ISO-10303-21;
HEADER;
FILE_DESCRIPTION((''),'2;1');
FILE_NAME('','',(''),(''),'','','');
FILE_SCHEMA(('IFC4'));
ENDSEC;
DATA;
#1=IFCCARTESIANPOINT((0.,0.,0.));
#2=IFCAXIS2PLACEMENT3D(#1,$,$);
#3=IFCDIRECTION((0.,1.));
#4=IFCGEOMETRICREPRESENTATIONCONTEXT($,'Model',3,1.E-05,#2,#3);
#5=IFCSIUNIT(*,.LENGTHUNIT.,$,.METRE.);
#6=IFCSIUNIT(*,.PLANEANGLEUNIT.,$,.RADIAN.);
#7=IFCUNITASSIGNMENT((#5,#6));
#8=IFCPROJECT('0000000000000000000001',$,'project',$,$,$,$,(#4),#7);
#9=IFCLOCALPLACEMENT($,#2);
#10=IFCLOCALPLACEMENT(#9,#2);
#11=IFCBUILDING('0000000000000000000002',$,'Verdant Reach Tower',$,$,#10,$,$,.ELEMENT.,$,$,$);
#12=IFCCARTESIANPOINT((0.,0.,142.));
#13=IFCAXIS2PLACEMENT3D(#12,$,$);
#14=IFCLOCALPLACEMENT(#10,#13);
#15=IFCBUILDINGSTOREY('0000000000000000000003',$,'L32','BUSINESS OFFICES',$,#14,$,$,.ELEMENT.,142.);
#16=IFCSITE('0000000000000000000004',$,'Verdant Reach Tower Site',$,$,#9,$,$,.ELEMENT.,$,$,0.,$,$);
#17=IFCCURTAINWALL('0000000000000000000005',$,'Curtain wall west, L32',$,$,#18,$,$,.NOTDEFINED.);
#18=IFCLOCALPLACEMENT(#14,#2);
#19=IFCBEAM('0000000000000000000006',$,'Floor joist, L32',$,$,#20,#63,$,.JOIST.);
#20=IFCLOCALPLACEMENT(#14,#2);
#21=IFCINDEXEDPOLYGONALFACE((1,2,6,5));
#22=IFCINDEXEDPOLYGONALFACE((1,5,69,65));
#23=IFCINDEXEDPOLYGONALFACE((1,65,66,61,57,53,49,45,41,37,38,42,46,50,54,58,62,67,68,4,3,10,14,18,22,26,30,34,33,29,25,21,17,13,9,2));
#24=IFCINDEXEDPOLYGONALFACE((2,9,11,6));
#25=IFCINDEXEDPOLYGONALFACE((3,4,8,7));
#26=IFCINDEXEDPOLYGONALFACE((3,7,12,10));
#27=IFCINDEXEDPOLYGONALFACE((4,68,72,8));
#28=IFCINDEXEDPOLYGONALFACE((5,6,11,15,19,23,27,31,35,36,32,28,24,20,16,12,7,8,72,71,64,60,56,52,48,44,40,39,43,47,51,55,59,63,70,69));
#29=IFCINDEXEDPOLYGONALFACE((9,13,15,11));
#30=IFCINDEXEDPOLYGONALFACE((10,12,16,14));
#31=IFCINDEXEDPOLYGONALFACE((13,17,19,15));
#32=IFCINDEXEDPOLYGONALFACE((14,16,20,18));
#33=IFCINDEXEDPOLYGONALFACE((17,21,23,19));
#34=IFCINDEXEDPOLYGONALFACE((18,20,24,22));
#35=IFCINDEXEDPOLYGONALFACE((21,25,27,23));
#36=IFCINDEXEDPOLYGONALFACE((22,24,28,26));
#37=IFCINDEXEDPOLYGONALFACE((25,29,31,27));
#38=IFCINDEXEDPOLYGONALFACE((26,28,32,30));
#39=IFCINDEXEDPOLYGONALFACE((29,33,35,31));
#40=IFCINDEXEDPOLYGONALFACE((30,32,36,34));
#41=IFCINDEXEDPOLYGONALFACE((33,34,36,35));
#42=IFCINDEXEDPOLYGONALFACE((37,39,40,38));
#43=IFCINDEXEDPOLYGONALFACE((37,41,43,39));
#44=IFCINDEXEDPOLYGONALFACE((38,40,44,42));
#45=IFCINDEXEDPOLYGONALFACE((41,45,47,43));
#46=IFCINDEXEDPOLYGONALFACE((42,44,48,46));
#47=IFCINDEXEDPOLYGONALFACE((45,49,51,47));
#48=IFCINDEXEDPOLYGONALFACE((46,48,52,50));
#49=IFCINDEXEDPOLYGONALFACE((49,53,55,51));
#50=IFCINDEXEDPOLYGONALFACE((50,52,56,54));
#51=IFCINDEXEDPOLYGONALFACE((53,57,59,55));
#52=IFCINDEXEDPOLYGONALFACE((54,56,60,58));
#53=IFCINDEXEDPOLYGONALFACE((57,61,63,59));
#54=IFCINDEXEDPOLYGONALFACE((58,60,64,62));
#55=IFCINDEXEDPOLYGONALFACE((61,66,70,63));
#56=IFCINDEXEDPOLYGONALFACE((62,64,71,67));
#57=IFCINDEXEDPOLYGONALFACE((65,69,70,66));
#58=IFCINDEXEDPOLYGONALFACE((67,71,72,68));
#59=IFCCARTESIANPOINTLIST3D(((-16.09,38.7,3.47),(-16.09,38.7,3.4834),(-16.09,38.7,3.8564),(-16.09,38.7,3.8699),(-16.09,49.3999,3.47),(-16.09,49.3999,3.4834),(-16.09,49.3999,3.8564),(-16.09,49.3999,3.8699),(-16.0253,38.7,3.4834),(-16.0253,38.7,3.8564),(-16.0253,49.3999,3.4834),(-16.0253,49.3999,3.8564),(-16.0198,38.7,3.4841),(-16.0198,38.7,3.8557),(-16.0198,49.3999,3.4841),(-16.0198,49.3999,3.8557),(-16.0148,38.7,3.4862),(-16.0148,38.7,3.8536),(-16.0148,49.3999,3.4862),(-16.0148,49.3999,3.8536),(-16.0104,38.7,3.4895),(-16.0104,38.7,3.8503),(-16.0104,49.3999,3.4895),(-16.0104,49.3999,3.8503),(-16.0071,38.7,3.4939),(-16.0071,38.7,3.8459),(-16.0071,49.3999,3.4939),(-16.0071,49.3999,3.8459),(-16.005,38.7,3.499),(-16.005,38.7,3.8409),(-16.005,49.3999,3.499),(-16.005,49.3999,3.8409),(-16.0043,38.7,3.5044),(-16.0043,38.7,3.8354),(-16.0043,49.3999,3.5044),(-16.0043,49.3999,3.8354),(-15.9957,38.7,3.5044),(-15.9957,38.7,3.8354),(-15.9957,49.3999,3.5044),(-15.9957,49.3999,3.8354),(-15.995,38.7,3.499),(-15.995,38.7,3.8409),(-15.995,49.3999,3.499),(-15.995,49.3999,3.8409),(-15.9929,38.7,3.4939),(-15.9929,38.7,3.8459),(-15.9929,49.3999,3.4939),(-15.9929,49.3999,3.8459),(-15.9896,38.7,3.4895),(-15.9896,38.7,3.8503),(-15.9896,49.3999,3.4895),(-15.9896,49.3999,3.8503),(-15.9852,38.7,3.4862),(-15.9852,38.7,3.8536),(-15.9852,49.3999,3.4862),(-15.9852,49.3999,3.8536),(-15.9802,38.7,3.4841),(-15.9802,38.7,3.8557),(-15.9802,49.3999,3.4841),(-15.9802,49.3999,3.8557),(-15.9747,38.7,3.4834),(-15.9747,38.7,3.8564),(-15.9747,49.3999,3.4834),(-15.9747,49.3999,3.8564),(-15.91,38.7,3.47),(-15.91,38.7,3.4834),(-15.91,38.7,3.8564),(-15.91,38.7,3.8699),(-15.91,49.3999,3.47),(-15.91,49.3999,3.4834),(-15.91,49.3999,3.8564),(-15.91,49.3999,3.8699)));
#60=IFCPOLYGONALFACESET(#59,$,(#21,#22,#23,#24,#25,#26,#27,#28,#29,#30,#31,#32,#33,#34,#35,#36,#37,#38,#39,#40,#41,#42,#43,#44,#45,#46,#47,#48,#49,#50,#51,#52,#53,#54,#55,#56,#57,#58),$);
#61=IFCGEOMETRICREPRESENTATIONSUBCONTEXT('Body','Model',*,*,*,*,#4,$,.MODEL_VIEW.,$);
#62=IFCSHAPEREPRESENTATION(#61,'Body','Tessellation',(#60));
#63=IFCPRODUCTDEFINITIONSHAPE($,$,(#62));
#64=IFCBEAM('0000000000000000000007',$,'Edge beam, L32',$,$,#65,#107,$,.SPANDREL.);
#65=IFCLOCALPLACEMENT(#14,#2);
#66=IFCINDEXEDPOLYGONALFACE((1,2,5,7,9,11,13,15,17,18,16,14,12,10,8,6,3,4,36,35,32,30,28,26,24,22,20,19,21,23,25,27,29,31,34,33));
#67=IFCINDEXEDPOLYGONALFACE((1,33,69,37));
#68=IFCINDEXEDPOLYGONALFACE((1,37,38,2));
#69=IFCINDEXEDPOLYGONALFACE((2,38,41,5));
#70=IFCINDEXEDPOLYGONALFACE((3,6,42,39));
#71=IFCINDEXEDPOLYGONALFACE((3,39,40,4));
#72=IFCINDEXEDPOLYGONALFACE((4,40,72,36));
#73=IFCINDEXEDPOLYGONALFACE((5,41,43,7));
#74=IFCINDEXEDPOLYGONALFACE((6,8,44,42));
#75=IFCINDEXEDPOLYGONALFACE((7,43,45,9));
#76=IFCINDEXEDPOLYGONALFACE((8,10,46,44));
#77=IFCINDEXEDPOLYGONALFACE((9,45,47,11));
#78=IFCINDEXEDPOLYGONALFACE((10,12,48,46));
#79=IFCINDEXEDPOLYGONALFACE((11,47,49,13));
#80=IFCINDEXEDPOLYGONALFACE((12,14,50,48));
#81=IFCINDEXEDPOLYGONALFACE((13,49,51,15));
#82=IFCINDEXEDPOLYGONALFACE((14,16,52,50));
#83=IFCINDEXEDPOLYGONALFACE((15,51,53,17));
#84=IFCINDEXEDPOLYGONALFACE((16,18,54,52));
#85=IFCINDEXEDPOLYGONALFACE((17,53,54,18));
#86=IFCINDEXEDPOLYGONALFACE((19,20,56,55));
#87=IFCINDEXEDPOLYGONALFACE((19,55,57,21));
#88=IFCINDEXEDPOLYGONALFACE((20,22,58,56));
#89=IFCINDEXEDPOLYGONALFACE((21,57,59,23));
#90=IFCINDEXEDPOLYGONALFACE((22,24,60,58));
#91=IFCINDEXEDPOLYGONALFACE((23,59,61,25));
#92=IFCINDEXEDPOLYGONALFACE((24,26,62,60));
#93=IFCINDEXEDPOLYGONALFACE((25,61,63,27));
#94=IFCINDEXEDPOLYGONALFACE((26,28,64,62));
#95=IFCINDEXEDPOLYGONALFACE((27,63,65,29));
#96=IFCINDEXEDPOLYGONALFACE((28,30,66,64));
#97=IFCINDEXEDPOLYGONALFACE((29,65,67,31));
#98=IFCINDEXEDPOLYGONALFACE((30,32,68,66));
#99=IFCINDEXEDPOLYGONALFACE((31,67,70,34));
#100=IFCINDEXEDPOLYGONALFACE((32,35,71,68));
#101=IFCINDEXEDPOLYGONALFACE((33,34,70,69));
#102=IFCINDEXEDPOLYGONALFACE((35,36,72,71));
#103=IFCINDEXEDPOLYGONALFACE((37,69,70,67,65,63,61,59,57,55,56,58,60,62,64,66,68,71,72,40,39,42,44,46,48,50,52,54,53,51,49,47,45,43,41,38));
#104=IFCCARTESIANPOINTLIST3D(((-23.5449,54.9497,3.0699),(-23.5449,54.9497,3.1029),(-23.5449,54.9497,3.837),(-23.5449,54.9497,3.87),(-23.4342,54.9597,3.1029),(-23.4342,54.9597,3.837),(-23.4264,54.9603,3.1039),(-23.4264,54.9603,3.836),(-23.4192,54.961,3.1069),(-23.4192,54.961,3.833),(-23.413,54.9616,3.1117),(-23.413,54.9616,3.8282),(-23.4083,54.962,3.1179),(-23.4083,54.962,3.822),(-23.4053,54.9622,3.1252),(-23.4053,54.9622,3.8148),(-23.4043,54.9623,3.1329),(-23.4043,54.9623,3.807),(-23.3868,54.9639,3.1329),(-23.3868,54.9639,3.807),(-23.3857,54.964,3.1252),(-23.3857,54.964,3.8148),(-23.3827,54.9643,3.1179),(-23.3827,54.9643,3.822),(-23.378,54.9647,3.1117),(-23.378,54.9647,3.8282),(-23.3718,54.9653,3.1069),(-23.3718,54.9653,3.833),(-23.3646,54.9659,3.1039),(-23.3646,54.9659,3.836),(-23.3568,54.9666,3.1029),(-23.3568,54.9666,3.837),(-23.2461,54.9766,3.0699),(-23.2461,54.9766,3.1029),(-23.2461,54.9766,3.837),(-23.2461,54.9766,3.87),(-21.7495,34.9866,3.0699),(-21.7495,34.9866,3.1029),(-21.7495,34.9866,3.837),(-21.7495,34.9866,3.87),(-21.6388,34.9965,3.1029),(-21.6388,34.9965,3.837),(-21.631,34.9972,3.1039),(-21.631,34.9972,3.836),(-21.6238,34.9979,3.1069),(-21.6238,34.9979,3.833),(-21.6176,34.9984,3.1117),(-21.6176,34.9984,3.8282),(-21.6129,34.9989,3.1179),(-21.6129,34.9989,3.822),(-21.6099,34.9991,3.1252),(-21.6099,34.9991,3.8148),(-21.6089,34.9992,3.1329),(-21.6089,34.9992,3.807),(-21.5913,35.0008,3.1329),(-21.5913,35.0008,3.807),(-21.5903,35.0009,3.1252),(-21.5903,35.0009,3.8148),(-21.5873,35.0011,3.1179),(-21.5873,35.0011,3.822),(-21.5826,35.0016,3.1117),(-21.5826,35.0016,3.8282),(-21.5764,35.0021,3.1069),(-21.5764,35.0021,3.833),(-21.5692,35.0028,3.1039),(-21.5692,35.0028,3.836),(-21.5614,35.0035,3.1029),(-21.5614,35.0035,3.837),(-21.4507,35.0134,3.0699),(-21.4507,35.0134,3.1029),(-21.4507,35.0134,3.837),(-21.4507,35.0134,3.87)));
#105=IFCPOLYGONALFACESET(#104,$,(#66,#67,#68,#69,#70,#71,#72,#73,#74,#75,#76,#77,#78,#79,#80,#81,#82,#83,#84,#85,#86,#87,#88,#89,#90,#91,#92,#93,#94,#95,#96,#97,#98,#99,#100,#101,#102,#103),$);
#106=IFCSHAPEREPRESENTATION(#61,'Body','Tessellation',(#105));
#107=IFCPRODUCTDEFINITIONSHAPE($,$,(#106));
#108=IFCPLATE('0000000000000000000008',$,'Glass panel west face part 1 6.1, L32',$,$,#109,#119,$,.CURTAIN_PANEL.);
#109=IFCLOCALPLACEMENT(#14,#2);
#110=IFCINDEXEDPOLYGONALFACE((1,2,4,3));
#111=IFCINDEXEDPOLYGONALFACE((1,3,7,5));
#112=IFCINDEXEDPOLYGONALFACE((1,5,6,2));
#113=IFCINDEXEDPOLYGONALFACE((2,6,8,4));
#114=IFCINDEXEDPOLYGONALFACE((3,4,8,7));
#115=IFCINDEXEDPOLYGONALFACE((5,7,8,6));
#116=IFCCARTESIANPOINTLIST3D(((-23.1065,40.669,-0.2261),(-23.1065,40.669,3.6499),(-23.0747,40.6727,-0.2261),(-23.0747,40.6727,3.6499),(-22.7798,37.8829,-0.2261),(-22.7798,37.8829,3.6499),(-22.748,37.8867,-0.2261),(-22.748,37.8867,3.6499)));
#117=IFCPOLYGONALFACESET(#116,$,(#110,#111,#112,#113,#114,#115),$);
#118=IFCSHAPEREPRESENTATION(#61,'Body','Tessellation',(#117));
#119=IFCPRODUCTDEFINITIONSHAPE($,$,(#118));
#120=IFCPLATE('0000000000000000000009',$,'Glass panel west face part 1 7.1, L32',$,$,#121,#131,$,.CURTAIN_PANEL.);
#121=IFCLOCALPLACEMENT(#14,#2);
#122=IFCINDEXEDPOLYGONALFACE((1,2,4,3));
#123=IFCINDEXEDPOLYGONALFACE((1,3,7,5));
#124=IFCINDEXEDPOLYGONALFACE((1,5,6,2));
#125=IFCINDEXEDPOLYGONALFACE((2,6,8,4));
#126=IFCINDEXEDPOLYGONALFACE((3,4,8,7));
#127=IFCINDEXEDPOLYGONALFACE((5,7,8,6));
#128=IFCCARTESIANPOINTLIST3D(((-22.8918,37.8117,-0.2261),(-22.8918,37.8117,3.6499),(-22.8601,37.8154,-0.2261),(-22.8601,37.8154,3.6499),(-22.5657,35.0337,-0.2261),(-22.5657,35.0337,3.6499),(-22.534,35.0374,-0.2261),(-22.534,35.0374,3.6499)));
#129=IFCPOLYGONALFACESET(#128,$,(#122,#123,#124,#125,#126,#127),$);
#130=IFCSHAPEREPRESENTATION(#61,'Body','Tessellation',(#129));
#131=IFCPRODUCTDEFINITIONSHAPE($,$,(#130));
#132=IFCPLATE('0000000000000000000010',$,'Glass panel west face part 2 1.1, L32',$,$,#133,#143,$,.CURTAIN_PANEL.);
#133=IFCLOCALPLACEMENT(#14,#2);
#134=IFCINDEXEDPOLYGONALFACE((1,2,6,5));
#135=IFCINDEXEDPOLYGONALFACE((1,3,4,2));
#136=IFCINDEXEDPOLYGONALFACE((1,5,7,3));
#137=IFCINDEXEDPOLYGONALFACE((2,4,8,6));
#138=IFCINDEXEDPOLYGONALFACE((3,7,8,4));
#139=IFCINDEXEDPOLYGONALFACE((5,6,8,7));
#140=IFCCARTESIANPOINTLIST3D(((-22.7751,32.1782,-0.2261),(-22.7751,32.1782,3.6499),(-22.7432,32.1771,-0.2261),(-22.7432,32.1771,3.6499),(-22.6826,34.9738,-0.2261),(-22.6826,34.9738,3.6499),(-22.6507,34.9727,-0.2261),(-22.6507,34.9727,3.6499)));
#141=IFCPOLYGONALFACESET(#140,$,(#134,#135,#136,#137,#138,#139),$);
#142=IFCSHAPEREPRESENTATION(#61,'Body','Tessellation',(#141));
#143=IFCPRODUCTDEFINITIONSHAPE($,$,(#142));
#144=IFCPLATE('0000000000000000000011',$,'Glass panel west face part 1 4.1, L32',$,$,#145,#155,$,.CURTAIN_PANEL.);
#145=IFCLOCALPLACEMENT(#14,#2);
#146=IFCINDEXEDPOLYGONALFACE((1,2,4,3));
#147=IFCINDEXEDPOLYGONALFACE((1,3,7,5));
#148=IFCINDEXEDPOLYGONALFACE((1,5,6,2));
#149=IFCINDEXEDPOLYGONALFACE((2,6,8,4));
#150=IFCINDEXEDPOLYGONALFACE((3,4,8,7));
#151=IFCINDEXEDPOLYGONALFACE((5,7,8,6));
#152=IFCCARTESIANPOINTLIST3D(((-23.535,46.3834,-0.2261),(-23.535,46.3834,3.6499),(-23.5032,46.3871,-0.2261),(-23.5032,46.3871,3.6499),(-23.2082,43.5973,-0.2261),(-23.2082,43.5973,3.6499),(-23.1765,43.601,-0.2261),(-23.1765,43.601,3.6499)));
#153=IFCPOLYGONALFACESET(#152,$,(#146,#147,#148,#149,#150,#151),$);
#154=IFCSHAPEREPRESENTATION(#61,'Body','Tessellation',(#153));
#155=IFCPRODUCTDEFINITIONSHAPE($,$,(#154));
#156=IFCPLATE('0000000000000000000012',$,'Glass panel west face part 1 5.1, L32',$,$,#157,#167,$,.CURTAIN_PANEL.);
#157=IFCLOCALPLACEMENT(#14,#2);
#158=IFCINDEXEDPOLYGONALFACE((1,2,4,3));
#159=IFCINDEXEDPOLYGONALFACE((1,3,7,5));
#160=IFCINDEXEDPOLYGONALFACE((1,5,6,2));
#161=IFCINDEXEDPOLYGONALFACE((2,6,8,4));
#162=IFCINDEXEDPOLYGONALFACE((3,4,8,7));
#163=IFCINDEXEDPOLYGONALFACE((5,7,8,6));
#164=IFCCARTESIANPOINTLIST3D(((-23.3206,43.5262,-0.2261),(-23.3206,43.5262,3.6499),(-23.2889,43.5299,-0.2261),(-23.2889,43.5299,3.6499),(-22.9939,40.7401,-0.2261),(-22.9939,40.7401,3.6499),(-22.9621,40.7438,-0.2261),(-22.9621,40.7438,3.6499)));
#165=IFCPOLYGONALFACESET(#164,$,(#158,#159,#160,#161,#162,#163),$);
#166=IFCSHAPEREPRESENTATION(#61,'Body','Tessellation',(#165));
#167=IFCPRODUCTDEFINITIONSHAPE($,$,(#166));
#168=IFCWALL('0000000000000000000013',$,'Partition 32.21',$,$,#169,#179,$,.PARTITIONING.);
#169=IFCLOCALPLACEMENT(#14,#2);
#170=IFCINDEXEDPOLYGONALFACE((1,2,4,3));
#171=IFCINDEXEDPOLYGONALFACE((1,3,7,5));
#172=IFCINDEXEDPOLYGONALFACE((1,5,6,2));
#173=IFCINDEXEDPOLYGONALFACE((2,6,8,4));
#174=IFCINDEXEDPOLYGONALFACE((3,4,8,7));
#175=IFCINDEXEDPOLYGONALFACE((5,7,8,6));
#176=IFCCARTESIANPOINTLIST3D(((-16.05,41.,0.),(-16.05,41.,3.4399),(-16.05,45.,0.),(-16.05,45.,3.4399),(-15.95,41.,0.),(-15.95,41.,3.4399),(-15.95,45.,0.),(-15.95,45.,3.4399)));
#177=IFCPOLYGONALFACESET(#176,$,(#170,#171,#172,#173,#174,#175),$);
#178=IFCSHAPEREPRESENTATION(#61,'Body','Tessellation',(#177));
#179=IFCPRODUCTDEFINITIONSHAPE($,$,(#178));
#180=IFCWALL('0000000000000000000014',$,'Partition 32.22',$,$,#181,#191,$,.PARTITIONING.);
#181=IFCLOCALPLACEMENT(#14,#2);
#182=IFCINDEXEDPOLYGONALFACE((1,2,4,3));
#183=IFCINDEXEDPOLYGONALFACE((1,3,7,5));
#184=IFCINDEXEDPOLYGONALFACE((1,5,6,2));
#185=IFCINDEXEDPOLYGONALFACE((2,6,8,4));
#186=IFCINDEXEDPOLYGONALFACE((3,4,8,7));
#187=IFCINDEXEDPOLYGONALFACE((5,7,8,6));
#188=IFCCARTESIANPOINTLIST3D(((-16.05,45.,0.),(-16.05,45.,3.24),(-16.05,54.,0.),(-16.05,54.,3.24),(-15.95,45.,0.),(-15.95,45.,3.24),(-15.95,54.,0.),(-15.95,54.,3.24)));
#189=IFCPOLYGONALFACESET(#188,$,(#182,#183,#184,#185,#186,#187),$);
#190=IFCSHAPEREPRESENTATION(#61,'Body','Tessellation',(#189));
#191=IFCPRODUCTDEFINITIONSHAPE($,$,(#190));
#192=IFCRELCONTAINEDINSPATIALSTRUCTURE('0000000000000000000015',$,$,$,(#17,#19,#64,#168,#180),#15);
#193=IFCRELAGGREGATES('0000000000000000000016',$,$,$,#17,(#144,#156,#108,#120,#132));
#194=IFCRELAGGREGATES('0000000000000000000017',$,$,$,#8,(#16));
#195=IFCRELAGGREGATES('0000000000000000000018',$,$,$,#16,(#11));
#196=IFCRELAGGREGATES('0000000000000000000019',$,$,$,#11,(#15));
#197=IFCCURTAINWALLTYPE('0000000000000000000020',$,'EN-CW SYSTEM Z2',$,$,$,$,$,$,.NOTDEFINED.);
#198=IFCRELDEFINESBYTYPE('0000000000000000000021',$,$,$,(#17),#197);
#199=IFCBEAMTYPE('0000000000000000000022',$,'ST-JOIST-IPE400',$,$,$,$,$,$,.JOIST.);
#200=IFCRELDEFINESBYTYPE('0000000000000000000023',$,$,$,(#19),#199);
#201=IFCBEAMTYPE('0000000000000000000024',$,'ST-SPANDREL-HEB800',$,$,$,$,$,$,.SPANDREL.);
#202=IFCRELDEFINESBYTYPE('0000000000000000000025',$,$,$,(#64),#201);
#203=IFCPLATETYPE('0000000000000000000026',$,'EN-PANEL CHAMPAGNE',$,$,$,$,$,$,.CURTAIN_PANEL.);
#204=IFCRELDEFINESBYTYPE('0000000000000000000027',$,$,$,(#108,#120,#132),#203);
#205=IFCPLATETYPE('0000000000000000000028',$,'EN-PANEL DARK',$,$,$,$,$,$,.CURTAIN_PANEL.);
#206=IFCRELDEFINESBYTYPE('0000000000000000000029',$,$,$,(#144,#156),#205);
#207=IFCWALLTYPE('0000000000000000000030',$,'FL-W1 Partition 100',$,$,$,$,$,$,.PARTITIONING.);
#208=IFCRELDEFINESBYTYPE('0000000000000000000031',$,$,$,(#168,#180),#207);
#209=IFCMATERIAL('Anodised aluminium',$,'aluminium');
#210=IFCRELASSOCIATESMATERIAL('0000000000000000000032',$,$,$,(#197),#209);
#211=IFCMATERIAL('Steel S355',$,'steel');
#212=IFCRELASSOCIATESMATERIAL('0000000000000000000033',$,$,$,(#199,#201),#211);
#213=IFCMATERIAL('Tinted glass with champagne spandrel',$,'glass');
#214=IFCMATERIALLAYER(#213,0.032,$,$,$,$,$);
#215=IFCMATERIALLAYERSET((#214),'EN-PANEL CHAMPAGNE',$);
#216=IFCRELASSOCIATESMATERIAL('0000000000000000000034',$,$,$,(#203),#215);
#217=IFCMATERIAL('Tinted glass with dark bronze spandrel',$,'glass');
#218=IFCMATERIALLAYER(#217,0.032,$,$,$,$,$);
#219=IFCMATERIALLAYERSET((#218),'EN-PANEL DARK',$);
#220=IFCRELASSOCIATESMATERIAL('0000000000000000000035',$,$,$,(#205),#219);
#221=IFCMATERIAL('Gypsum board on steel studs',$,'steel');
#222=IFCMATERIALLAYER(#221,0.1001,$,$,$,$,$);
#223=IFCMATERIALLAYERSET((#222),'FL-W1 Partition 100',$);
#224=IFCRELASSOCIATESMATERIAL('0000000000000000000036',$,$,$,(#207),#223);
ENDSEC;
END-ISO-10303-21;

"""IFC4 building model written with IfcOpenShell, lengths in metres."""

from ifc_helpers import new_model, si_unit, direction, frame, frame_2d, origin, origin_2d, place, context, subcontext, project, spatial, rectangle, i_section, extrude, material, layer, layer_set, material_profile, profile_set, type_object, element, aggregate, save


model = new_model("IFC4")

# Units and contexts
model_context = context("Model", 3, precision=1e-05, world=origin(), true_north=direction((0.0, 1.0)))
body_context = subcontext(model_context, "Body", "Model", "MODEL_VIEW")
ifc_project = project(units=[si_unit("LENGTHUNIT", "METRE"), si_unit("PLANEANGLEUNIT", "RADIAN")], contexts=[model_context])

# Site, building, storey
site_placement = place(None, origin())
site = spatial("IfcSite", under=ifc_project, at=site_placement, Name="Verdant Reach Tower Site", CompositionType="ELEMENT", RefElevation=0.0)
building_placement = place(site_placement, origin())
building = spatial("IfcBuilding", under=site, at=building_placement, Name="Verdant Reach Tower", CompositionType="ELEMENT")
storey_placement = place(building_placement, frame((0.0, 0.0, 142.0)))
storey = spatial("IfcBuildingStorey", under=building, at=storey_placement, Name="L32", Description="BUSINESS OFFICES", CompositionType="ELEMENT", Elevation=142.0)

# Curtain wall
ifc_material_1 = material(Name="Anodised aluminium", Category="aluminium")
curtain_wall_type = type_object("IfcCurtainWallType", Name="EN-CW SYSTEM Z2", PredefinedType="NOTDEFINED", material=ifc_material_1)
curtain_wall_placement = place(storey_placement, origin())
curtain_wall = element("IfcCurtainWall", 1, at=curtain_wall_placement, inside=storey, type_object=curtain_wall_type, Name="Curtain wall west, L32", PredefinedType="NOTDEFINED")

# Beams
ifc_material_2 = material(Name="Steel S355", Category="steel")
ifc_material_profile_1 = material_profile(ifc_material_2, i_section(OverallWidth=0.1799, OverallDepth=0.3999, WebThickness=0.0085, FlangeThickness=0.0134, FilletRadius=0.021, at=origin_2d()), Name="IPE 400")
ifc_profile_set_1 = profile_set([ifc_material_profile_1], Name="Steel S355")
beam_type_1 = type_object("IfcBeamType", Name="ST-JOIST-IPE400", PredefinedType="JOIST", material=ifc_profile_set_1)
for number, where, z_axis, x_axis, name in (
    (2, (-16.0, 38.7, 3.6699), (0.0, 1.0, 0.0), (-1.0, 0.0, 0.0), "Floor joist, L32"),
):
    element("IfcBeam", number, at=place(storey_placement, frame(where, z_axis=z_axis, x_axis=x_axis)), inside=storey, type_object=beam_type_1, Name=name, PredefinedType="JOIST", context=body_context, shape_type="SweptSolid", body=[
        extrude(i_section(OverallWidth=0.1799, OverallDepth=0.3999, WebThickness=0.0085, FlangeThickness=0.0134, FilletRadius=0.021, at=origin_2d()), origin(), (0.0, 0.0, 1.0), 10.7),
    ])
ifc_material_profile_2 = material_profile(ifc_material_2, i_section(OverallWidth=0.3, OverallDepth=0.8, WebThickness=0.0176, FlangeThickness=0.033, FilletRadius=0.03, at=origin_2d()), Name="HEB 800")
ifc_profile_set_2 = profile_set([ifc_material_profile_2], Name="Steel S355")
beam_type_2 = type_object("IfcBeamType", Name="ST-SPANDREL-HEB800", PredefinedType="SPANDREL", material=ifc_profile_set_2)
beam_1_placement = place(storey_placement, frame((-21.6001, 35.0, 3.47), z_axis=(-0.089575, 0.99598, 0.0), x_axis=(-0.99598, -0.089575, 0.0)))
element("IfcBeam", 3, at=beam_1_placement, inside=storey, type_object=beam_type_2, Name="Edge beam, L32", PredefinedType="SPANDREL", context=body_context, shape_type="SweptSolid", body=[
    extrude(i_section(OverallWidth=0.3, OverallDepth=0.8, WebThickness=0.0176, FlangeThickness=0.033, FilletRadius=0.03, at=origin_2d()), origin(), (0.0, 0.0, 1.0), 20.0437),
])

# Plates
ifc_material_3 = material(Name="Tinted glass with champagne spandrel", Category="glass")
ifc_layer_1 = layer(ifc_material_3, 0.032)
ifc_layer_set_1 = layer_set([ifc_layer_1], Name="EN-PANEL CHAMPAGNE")
plate_type_1 = type_object("IfcPlateType", Name="EN-PANEL CHAMPAGNE", PredefinedType="CURTAIN_PANEL", material=ifc_layer_set_1)
plate_1_placement = place(storey_placement, frame((-22.9272, 39.2778, -0.2261), z_axis=(0.0, 0.0, 1.0), x_axis=(0.116483, -0.993193, 0.0)))
plate_1 = element("IfcPlate", 4, at=plate_1_placement, type_object=plate_type_1, Name="Glass panel west face part 1 6.1, L32", PredefinedType="CURTAIN_PANEL", context=body_context, shape_type="SweptSolid", body=[
    extrude(rectangle(XDim=2.8052, YDim=0.032, at=origin_2d()), origin(), (0.0, 0.0, 1.0), 3.876),
])
plate_2_placement = place(storey_placement, frame((-22.7129, 36.4246, -0.2261), z_axis=(0.0, 0.0, 1.0), x_axis=(0.116586, -0.993181, 0.0)))
plate_2 = element("IfcPlate", 5, at=plate_2_placement, type_object=plate_type_1, Name="Glass panel west face part 1 7.1, L32", PredefinedType="CURTAIN_PANEL", context=body_context, shape_type="SweptSolid", body=[
    extrude(rectangle(XDim=2.7971, YDim=0.032, at=origin_2d()), origin(), (0.0, 0.0, 1.0), 3.876),
])
plate_3_placement = place(storey_placement, frame((-22.7129, 33.5754, -0.2261), z_axis=(0.0, 0.0, 1.0), x_axis=(-0.03307, -0.999453, 0.0)))
plate_3 = element("IfcPlate", 6, at=plate_3_placement, type_object=plate_type_1, Name="Glass panel west face part 2 1.1, L32", PredefinedType="CURTAIN_PANEL", context=body_context, shape_type="SweptSolid", body=[
    extrude(rectangle(XDim=2.7971, YDim=0.032, at=origin_2d()), origin(), (0.0, 0.0, 1.0), 3.876),
])
ifc_material_4 = material(Name="Tinted glass with dark bronze spandrel", Category="glass")
ifc_layer_2 = layer(ifc_material_4, 0.032)
ifc_layer_set_2 = layer_set([ifc_layer_2], Name="EN-PANEL DARK")
plate_type_2 = type_object("IfcPlateType", Name="EN-PANEL DARK", PredefinedType="CURTAIN_PANEL", material=ifc_layer_set_2)
plate_4_placement = place(storey_placement, frame((-23.3557, 44.9922, -0.2261), z_axis=(0.0, 0.0, 1.0), x_axis=(0.116483, -0.993193, 0.0)))
plate_4 = element("IfcPlate", 7, at=plate_4_placement, type_object=plate_type_2, Name="Glass panel west face part 1 4.1, L32", PredefinedType="CURTAIN_PANEL", context=body_context, shape_type="SweptSolid", body=[
    extrude(rectangle(XDim=2.8052, YDim=0.032, at=origin_2d()), origin(), (0.0, 0.0, 1.0), 3.876),
])
plate_5_placement = place(storey_placement, frame((-23.1414, 42.135, -0.2261), z_axis=(0.0, 0.0, 1.0), x_axis=(0.116483, -0.993193, 0.0)))
plate_5 = element("IfcPlate", 8, at=plate_5_placement, type_object=plate_type_2, Name="Glass panel west face part 1 5.1, L32", PredefinedType="CURTAIN_PANEL", context=body_context, shape_type="SweptSolid", body=[
    extrude(rectangle(XDim=2.8052, YDim=0.032, at=origin_2d()), origin(), (0.0, 0.0, 1.0), 3.876),
])
aggregate(curtain_wall, [plate_4, plate_5, plate_1, plate_2, plate_3])

# Walls
ifc_material_5 = material(Name="Gypsum board on steel studs", Category="steel")
ifc_layer_3 = layer(ifc_material_5, 0.1001)
ifc_layer_set_3 = layer_set([ifc_layer_3], Name="FL-W1 Partition 100")
wall_type_1 = type_object("IfcWallType", Name="FL-W1 Partition 100", PredefinedType="PARTITIONING", material=ifc_layer_set_3)
wall_1_placement = place(storey_placement, frame((-16.0, 41.0, 0.0), z_axis=(0.0, 0.0, 1.0), x_axis=(0.0, 1.0, 0.0)))
element("IfcWall", 9, at=wall_1_placement, inside=storey, type_object=wall_type_1, Name="Partition 32.21", PredefinedType="PARTITIONING", context=body_context, shape_type="SweptSolid", body=[
    extrude(rectangle(XDim=4.0, YDim=0.1001, at=frame_2d((2.0, 0.0))), origin(), (0.0, 0.0, 1.0), 3.4399),
])
wall_2_placement = place(storey_placement, frame((-16.0, 45.0, 0.0), z_axis=(0.0, 0.0, 1.0), x_axis=(0.0, 1.0, 0.0)))
element("IfcWall", 10, at=wall_2_placement, inside=storey, type_object=wall_type_1, Name="Partition 32.22", PredefinedType="PARTITIONING", context=body_context, shape_type="SweptSolid", body=[
    extrude(rectangle(XDim=9.0, YDim=0.1001, at=frame_2d((4.5, 0.0))), origin(), (0.0, 0.0, 1.0), 3.24),
])

save(model, "model.ifc")
